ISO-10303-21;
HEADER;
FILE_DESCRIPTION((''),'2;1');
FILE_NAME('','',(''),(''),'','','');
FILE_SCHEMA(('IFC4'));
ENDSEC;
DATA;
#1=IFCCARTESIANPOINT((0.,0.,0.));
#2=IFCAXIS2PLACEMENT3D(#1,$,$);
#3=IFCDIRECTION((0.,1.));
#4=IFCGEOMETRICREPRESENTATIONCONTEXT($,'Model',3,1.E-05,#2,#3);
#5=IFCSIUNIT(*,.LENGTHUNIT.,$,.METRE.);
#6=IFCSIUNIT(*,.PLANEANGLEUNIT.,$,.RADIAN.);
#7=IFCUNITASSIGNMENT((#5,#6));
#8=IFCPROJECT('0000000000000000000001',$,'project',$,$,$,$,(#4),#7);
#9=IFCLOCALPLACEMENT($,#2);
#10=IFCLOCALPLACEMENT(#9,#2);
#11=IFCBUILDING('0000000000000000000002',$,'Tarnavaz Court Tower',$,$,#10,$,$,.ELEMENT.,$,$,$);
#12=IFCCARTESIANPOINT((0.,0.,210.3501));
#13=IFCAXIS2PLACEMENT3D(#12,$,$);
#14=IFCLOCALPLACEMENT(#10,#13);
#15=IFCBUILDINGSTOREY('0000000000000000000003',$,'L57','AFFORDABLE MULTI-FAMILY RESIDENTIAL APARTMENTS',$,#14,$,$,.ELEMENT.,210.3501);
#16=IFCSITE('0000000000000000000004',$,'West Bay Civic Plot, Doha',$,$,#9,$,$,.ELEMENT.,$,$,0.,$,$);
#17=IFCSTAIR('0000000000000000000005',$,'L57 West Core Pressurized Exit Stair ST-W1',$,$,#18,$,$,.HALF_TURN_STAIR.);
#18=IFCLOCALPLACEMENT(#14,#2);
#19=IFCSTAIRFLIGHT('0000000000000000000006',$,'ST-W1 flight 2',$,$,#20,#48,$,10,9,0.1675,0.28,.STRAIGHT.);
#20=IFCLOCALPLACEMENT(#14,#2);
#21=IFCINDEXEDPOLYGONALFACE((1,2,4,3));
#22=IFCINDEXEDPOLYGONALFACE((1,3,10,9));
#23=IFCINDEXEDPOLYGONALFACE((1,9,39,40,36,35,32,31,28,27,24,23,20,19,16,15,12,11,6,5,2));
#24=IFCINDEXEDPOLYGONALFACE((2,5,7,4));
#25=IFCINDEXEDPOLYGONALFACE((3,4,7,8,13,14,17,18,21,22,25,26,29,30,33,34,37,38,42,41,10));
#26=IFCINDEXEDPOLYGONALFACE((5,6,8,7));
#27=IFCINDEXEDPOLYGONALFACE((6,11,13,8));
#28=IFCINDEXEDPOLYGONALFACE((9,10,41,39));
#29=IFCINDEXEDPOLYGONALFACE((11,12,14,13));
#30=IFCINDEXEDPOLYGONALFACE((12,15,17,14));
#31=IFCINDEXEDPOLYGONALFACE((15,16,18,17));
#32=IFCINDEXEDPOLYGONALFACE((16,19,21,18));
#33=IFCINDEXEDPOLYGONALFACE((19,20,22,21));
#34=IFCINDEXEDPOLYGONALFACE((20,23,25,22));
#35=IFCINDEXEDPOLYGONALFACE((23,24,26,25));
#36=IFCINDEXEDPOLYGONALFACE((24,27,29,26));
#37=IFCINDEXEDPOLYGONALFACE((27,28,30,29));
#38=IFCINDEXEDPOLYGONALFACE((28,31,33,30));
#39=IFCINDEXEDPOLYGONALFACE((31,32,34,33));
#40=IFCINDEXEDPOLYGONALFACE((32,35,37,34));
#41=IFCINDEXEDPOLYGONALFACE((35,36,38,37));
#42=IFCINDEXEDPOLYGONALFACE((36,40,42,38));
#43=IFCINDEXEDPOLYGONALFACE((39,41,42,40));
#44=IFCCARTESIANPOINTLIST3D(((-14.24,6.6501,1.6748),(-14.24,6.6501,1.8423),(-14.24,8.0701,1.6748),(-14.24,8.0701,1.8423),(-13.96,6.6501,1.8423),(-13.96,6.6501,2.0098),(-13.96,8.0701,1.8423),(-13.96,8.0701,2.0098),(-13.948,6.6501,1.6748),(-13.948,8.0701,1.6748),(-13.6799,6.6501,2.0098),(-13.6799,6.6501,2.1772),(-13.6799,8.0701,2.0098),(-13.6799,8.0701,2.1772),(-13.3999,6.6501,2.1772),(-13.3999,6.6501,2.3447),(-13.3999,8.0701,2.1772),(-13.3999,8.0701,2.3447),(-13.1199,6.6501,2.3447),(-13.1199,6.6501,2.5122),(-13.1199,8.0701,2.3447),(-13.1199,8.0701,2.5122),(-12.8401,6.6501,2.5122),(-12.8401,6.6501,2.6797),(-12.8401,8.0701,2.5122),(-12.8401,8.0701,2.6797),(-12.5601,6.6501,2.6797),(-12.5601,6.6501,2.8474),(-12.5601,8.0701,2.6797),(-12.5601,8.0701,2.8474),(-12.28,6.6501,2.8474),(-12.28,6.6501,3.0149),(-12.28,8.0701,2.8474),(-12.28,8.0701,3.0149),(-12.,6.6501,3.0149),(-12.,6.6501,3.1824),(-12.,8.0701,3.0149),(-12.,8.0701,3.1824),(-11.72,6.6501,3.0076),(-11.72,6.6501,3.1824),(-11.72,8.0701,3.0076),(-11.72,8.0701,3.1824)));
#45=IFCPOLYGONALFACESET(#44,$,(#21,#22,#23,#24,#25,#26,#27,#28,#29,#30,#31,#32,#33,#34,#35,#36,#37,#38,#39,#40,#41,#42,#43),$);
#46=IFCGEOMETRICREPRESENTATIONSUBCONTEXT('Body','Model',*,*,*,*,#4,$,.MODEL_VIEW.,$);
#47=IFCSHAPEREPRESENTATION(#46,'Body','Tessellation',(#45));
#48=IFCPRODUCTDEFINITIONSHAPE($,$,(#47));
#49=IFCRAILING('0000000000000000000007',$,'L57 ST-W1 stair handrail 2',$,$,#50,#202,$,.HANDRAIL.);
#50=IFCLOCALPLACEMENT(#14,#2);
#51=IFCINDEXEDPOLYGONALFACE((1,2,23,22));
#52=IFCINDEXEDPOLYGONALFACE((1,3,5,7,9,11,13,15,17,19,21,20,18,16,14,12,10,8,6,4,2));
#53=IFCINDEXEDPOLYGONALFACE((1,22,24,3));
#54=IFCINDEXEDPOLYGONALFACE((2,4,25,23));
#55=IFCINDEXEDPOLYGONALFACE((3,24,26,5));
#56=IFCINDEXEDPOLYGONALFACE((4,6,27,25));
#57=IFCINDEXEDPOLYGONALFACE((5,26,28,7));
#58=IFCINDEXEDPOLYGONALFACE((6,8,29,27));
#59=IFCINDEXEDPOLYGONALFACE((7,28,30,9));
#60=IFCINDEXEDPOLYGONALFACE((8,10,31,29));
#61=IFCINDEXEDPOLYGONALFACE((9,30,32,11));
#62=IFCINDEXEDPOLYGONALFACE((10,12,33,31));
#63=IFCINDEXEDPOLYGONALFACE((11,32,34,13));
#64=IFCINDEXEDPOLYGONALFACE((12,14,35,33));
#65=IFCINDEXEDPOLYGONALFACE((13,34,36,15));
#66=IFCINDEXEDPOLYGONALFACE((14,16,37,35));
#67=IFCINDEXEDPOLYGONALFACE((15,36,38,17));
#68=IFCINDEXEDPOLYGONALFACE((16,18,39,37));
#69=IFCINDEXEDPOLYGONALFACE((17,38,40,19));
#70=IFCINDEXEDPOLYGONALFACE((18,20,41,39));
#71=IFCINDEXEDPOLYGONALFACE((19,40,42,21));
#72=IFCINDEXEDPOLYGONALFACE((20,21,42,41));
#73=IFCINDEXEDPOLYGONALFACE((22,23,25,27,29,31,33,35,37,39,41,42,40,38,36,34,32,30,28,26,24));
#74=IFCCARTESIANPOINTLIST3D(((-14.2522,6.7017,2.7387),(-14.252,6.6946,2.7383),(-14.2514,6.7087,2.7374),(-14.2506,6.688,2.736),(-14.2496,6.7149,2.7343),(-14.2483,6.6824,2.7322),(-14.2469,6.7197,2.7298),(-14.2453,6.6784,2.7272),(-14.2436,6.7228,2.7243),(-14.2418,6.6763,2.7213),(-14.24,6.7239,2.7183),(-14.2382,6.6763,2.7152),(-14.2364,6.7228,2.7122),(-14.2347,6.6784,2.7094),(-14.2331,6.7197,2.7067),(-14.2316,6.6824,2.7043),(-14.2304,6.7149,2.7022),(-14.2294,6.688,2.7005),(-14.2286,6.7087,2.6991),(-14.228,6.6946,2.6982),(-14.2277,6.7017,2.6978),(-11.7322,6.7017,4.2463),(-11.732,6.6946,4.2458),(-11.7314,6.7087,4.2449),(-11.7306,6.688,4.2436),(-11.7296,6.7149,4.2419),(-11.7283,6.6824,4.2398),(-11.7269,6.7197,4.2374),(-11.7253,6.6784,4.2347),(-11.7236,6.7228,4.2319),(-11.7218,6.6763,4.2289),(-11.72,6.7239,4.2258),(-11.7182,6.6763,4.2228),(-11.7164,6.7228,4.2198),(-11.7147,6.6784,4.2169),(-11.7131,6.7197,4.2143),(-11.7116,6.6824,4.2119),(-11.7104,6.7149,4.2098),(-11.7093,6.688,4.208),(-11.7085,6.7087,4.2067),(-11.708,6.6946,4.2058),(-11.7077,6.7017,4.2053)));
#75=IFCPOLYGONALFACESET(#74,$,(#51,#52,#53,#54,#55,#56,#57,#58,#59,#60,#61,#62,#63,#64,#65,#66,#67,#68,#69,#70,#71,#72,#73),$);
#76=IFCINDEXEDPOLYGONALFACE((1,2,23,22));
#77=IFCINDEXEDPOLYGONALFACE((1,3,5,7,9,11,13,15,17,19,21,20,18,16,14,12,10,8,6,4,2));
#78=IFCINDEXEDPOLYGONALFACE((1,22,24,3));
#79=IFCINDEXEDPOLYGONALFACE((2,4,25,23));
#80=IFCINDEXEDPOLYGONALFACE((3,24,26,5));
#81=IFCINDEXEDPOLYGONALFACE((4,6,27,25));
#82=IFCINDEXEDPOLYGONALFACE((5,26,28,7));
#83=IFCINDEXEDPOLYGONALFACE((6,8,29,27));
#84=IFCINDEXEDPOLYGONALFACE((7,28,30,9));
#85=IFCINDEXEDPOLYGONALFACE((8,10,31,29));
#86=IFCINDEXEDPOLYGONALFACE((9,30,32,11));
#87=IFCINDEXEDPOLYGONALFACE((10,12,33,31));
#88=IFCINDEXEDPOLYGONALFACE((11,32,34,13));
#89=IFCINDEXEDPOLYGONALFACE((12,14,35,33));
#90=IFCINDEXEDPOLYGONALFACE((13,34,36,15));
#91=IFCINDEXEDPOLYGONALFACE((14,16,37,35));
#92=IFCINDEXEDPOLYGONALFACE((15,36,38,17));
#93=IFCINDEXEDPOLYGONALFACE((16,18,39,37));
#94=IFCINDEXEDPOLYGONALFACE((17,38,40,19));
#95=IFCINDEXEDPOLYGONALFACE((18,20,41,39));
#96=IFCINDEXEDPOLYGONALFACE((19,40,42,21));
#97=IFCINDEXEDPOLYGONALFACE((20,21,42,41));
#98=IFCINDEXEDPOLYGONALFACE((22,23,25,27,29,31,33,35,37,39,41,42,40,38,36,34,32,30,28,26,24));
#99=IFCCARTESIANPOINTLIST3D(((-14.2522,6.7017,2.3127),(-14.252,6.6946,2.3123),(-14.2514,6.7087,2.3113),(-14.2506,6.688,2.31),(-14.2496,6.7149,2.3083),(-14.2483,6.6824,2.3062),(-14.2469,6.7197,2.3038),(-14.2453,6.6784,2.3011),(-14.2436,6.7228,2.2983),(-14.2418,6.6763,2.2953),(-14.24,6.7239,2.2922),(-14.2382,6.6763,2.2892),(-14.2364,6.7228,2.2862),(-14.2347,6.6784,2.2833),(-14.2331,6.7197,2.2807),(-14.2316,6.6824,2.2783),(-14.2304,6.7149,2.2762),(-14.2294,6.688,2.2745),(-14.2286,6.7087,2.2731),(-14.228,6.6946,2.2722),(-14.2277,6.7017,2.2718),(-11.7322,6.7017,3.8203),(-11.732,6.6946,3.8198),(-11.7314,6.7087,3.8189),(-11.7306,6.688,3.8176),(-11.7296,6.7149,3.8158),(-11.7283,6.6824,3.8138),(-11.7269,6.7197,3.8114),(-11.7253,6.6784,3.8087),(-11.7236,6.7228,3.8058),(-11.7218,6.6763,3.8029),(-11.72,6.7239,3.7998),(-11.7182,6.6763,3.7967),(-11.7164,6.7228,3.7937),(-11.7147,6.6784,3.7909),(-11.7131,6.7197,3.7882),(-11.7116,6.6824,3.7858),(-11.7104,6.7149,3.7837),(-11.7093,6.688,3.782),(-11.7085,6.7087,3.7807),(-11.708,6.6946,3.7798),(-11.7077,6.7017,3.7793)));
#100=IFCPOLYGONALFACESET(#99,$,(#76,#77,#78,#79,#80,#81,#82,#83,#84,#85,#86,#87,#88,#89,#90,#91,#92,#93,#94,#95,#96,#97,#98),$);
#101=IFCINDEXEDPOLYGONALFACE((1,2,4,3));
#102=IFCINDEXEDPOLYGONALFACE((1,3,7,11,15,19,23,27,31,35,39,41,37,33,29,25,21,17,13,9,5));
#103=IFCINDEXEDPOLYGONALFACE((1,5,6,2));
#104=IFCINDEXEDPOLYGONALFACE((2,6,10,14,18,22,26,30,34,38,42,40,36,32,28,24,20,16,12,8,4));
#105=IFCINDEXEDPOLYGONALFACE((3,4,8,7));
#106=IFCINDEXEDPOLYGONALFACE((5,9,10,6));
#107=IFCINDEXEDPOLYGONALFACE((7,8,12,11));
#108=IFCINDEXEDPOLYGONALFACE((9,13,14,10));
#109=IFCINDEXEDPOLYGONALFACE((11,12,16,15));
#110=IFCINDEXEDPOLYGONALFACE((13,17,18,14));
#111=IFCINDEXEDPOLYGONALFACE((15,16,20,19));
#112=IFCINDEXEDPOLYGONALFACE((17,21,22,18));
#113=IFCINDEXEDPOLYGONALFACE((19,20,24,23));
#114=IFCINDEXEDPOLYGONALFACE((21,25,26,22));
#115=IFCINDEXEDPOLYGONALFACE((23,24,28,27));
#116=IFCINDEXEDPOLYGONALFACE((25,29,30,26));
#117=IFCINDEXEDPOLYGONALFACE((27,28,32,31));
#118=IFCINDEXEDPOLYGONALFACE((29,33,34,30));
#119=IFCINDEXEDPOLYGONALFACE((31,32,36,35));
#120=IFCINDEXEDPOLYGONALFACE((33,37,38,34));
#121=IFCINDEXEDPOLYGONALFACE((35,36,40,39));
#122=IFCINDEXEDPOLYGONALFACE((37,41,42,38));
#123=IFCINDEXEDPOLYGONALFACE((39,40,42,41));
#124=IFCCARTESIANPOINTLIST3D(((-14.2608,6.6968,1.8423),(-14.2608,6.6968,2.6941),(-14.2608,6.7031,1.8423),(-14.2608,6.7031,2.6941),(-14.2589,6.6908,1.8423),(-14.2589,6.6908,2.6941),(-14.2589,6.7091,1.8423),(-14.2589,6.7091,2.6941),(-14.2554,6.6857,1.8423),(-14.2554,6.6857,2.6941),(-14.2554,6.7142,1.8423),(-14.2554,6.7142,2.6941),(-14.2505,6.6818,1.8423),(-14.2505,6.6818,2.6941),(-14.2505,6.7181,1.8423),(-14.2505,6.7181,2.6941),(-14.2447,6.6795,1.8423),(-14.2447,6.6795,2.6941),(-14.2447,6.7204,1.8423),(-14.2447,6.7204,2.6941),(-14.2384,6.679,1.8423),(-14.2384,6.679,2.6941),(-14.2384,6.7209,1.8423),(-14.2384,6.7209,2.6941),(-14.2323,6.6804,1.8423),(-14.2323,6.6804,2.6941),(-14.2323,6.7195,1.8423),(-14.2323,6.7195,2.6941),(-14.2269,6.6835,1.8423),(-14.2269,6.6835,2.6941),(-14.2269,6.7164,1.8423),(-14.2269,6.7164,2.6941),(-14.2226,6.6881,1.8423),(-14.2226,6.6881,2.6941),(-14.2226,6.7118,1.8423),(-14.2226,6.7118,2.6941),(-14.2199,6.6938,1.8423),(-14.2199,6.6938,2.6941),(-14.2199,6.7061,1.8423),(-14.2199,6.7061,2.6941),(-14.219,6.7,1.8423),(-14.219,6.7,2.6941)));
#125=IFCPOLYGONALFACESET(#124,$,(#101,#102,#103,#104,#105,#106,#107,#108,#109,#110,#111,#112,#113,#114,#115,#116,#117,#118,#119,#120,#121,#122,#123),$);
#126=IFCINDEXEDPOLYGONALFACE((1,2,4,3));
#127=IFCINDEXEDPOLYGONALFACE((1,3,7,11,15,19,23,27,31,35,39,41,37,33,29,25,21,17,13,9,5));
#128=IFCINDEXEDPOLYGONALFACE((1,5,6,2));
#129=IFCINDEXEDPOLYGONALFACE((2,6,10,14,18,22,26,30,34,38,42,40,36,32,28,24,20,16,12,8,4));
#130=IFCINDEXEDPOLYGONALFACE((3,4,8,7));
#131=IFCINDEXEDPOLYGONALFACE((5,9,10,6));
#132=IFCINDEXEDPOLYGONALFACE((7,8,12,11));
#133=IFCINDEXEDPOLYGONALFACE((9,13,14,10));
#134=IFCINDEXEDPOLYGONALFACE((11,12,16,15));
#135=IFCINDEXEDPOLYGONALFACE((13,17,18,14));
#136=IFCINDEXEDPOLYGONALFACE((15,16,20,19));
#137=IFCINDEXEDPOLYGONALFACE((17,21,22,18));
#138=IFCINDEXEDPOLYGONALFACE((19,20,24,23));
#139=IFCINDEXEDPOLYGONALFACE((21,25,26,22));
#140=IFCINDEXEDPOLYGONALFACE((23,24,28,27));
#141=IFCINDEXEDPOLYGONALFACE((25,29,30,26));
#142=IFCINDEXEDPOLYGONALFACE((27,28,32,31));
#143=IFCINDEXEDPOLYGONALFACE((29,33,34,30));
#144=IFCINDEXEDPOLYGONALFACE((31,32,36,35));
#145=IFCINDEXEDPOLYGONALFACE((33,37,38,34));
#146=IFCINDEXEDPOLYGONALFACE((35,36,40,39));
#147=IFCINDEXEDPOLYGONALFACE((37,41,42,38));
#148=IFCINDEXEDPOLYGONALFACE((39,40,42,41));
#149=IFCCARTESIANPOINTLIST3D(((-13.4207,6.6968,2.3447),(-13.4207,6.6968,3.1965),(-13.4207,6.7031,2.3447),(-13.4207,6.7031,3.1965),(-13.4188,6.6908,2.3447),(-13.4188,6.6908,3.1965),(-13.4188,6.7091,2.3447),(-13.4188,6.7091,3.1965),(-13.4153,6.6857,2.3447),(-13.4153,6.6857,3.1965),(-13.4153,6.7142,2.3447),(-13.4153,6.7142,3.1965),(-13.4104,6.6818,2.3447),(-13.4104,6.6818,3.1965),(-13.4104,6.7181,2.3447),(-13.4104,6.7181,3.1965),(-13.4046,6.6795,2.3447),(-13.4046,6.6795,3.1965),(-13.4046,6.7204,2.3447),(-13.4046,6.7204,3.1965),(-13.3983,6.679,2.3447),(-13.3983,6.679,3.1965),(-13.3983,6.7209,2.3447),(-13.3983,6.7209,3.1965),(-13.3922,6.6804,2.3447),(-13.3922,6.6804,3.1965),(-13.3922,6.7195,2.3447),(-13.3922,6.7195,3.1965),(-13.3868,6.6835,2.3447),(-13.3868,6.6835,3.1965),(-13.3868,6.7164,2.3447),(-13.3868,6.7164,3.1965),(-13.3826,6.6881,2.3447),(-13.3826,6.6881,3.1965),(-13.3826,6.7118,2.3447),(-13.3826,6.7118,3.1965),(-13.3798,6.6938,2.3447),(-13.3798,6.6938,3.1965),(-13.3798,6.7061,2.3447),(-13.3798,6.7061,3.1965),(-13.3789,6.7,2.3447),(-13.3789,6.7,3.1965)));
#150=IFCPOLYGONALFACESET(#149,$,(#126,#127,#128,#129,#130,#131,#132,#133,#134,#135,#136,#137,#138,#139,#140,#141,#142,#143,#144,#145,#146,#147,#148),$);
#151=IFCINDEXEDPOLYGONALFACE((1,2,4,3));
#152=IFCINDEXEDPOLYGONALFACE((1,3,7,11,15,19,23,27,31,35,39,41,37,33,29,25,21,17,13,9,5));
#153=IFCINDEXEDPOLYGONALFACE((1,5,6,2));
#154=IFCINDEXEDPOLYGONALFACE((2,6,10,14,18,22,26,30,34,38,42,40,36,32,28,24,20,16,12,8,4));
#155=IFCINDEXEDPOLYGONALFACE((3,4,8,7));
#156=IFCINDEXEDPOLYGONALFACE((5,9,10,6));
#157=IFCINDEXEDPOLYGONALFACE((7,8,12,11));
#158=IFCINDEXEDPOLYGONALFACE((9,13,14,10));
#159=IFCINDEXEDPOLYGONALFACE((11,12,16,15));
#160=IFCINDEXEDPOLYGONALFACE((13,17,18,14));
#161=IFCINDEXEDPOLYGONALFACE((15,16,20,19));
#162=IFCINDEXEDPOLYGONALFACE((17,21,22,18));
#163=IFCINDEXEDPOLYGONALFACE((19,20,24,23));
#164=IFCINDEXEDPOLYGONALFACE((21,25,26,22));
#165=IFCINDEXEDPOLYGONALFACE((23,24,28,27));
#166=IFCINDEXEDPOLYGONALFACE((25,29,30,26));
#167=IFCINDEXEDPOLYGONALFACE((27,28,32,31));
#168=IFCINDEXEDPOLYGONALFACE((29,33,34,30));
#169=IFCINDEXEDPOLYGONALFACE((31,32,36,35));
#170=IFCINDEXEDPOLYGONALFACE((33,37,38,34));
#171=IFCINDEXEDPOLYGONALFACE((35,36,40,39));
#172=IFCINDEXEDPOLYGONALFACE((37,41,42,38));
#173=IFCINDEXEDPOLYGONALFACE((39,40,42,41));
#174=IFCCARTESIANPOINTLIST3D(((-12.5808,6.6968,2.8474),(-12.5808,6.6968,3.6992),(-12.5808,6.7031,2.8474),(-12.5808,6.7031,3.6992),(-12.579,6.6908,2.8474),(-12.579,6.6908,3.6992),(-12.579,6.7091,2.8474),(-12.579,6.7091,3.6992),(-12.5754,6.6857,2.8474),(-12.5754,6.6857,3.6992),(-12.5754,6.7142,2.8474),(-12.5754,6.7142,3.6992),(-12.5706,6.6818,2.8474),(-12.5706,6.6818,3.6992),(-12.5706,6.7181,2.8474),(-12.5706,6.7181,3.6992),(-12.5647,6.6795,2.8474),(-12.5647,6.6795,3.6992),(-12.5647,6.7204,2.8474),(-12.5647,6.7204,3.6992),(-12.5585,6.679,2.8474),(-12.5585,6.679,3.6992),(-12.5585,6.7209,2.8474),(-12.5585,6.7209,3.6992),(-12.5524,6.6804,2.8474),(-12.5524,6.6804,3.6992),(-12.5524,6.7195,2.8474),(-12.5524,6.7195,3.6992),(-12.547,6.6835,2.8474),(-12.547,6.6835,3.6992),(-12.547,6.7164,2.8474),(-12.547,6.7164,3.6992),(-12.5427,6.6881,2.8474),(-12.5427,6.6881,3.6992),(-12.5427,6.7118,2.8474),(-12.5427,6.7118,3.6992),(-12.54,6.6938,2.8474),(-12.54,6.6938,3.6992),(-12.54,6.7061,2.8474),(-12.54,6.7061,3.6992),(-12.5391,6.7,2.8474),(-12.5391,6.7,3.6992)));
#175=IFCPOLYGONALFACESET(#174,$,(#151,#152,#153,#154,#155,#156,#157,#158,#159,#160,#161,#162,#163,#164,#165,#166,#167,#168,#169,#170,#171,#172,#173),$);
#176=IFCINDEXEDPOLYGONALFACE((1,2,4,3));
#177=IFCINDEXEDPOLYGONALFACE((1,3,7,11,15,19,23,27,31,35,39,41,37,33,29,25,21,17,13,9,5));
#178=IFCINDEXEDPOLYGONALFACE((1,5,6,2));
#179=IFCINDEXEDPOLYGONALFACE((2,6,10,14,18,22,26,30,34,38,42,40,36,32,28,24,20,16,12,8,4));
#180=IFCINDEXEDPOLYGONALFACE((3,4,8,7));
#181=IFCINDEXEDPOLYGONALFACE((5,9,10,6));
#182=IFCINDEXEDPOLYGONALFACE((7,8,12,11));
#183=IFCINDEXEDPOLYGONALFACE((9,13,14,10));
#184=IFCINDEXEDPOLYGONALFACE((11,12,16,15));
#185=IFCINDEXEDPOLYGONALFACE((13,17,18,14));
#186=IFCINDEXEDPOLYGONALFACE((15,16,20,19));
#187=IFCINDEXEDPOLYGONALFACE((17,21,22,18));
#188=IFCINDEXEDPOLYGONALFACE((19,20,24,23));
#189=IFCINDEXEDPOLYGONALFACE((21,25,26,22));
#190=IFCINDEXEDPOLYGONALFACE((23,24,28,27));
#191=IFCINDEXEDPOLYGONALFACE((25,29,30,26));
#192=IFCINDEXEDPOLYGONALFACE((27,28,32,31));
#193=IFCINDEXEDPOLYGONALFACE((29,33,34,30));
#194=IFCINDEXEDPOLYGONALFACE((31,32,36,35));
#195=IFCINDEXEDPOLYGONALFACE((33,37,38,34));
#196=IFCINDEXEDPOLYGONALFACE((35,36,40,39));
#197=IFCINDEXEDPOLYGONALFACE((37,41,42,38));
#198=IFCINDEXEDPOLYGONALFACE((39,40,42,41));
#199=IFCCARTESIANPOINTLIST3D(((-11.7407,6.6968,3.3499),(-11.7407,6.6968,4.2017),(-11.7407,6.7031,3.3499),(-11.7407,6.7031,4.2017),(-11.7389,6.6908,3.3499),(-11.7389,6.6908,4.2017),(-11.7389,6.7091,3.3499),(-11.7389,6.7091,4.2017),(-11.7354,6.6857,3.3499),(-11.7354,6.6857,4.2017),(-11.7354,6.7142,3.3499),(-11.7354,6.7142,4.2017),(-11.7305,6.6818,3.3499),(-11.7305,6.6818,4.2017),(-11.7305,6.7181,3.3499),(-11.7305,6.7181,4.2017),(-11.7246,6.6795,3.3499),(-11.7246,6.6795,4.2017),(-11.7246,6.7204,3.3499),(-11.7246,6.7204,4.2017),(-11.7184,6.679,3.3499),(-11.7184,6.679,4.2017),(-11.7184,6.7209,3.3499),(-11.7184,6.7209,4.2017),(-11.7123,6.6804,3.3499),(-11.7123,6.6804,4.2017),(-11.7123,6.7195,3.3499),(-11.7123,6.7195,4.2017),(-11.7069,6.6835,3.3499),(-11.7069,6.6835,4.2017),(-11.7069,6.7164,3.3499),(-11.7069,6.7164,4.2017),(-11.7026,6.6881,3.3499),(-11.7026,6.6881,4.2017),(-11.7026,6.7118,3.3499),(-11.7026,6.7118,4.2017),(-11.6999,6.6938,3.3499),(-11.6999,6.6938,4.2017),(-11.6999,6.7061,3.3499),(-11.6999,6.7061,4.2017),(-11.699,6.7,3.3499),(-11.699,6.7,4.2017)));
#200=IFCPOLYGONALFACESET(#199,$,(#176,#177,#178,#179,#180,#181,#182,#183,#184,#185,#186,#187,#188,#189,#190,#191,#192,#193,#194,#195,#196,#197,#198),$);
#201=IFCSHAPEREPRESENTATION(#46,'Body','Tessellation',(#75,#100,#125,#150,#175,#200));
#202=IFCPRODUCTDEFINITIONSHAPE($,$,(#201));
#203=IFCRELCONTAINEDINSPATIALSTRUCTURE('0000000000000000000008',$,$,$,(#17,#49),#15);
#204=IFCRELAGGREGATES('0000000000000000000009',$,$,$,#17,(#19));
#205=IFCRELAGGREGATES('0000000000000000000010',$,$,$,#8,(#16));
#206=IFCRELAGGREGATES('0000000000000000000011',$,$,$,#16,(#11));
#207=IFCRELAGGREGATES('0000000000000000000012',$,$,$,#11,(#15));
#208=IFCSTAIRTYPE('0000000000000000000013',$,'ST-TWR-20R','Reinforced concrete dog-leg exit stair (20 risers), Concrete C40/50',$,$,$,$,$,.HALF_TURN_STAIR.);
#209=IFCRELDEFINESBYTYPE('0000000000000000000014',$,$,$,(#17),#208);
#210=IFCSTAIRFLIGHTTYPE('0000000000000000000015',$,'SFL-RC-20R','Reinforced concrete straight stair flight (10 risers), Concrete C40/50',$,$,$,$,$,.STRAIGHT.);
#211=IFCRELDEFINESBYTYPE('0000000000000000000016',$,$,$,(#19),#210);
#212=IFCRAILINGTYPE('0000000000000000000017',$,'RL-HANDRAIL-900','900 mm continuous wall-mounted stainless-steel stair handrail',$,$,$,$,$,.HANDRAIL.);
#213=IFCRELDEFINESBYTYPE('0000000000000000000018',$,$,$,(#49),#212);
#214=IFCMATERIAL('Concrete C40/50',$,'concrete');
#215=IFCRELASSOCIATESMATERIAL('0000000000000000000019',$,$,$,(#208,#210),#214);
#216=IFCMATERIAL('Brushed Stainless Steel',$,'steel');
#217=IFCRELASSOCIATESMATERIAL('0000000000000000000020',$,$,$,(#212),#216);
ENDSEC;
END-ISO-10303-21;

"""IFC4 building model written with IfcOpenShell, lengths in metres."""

from ifc_helpers import new_model, si_unit, direction, frame, origin, origin_2d, place, context, subcontext, project, spatial, polyline, circle, outline, extrude, material, type_object, element, aggregate, save


model = new_model("IFC4")

# Units and contexts
model_context = context("Model", 3, precision=1e-05, world=origin(), true_north=direction((0.0, 1.0)))
body_context = subcontext(model_context, "Body", "Model", "MODEL_VIEW")
ifc_project = project(units=[si_unit("LENGTHUNIT", "METRE"), si_unit("PLANEANGLEUNIT", "RADIAN")], contexts=[model_context])

# Site, building, storey
site_placement = place(None, origin())
site = spatial("IfcSite", under=ifc_project, at=site_placement, Name="West Bay Civic Plot, Doha", CompositionType="ELEMENT", RefElevation=0.0)
building_placement = place(site_placement, origin())
building = spatial("IfcBuilding", under=site, at=building_placement, Name="Tarnavaz Court Tower", CompositionType="ELEMENT")
storey_placement = place(building_placement, frame((0.0, 0.0, 210.3501)))
storey = spatial("IfcBuildingStorey", under=building, at=storey_placement, Name="L57", Description="AFFORDABLE MULTI-FAMILY RESIDENTIAL APARTMENTS", CompositionType="ELEMENT", Elevation=210.3501)

# Stair, stair flight
ifc_material_1 = material(Name="Concrete C40/50", Category="concrete")
stair_type = type_object("IfcStairType", Name="ST-TWR-20R", Description="Reinforced concrete dog-leg exit stair (20 risers), Concrete C40/50", PredefinedType="HALF_TURN_STAIR", material=ifc_material_1)
stair_placement = place(storey_placement, origin())
stair = element("IfcStair", 1, at=stair_placement, inside=storey, type_object=stair_type, Name="L57 West Core Pressurized Exit Stair ST-W1", PredefinedType="HALF_TURN_STAIR")
stair_flight_type = type_object("IfcStairFlightType", Name="SFL-RC-20R", Description="Reinforced concrete straight stair flight (10 risers), Concrete C40/50", PredefinedType="STRAIGHT", material=ifc_material_1)
stair_flight_placement = place(storey_placement, frame((-14.24, 7.3601, 1.6748), z_axis=(0.0, 0.0, 1.0), x_axis=(1.0, 0.0, 0.0)))
stair_flight = element("IfcStairFlight", 2, at=stair_flight_placement, type_object=stair_flight_type, Name="ST-W1 flight 2", NumberOfRisers=10, NumberOfTreads=9, PredefinedType="STRAIGHT", RiserHeight=0.1675, TreadLength=0.28, context=body_context, shape_type="SweptSolid", body=[
    extrude(outline(polyline([(0.0, 0.0), (0.0, 0.1675), (0.28, 0.1675), (0.28, 0.335), (0.5601, 0.335), (0.5601, 0.5024), (0.8401, 0.5024), (0.8401, 0.6699), (1.1201, 0.6699), (1.1201, 0.8374), (1.3999, 0.8374), (1.3999, 1.0049), (1.6799, 1.0049), (1.6799, 1.1726), (1.96, 1.1726), (1.96, 1.3401), (2.24, 1.3401), (2.24, 1.5076), (2.52, 1.5076), (2.52, 1.675), (2.52, 1.3328), (0.292, 0.0), (0.0, 0.0)])), frame((0.0, 0.71, 0.0), z_axis=(0.0, -1.0, 0.0), x_axis=(1.0, 0.0, 0.0)), (0.0, 0.0, 1.0), 1.4199),
])
aggregate(stair, [stair_flight])

# Railing
ifc_material_2 = material(Name="Brushed Stainless Steel", Category="steel")
railing_type_1 = type_object("IfcRailingType", Name="RL-HANDRAIL-900", Description="900 mm continuous wall-mounted stainless-steel stair handrail", PredefinedType="HANDRAIL", material=ifc_material_2)
railing_1_placement = place(storey_placement, frame((-14.24, 6.7, 1.8423)))
element("IfcRailing", 3, at=railing_1_placement, inside=storey, type_object=railing_type_1, Name="L57 ST-W1 stair handrail 2", PredefinedType="HANDRAIL", context=body_context, shape_type="SweptSolid", body=[
    extrude(circle(Radius=0.0239, at=origin_2d()), frame((0.0, 0.0, 0.876), z_axis=(0.85816, 0.0, 0.513383), x_axis=(0.0, 1.0, 0.0)), (0.0, 0.0, 1.0), 2.9365),
    extrude(circle(Radius=0.0239, at=origin_2d()), frame((0.0, 0.0, 0.45), z_axis=(0.85816, 0.0, 0.513383), x_axis=(0.0, 1.0, 0.0)), (0.0, 0.0, 1.0), 2.9365),
    extrude(circle(Radius=0.021, at=origin_2d()), origin(), (0.0, 0.0, 1.0), 0.8518),
    extrude(circle(Radius=0.021, at=origin_2d()), frame((0.8401, 0.0, 0.5024)), (0.0, 0.0, 1.0), 0.8518),
    extrude(circle(Radius=0.021, at=origin_2d()), frame((1.6799, 0.0, 1.0051)), (0.0, 0.0, 1.0), 0.8518),
    extrude(circle(Radius=0.021, at=origin_2d()), frame((2.52, 0.0, 1.5076)), (0.0, 0.0, 1.0), 0.8518),
])

save(model, "model.ifc")
